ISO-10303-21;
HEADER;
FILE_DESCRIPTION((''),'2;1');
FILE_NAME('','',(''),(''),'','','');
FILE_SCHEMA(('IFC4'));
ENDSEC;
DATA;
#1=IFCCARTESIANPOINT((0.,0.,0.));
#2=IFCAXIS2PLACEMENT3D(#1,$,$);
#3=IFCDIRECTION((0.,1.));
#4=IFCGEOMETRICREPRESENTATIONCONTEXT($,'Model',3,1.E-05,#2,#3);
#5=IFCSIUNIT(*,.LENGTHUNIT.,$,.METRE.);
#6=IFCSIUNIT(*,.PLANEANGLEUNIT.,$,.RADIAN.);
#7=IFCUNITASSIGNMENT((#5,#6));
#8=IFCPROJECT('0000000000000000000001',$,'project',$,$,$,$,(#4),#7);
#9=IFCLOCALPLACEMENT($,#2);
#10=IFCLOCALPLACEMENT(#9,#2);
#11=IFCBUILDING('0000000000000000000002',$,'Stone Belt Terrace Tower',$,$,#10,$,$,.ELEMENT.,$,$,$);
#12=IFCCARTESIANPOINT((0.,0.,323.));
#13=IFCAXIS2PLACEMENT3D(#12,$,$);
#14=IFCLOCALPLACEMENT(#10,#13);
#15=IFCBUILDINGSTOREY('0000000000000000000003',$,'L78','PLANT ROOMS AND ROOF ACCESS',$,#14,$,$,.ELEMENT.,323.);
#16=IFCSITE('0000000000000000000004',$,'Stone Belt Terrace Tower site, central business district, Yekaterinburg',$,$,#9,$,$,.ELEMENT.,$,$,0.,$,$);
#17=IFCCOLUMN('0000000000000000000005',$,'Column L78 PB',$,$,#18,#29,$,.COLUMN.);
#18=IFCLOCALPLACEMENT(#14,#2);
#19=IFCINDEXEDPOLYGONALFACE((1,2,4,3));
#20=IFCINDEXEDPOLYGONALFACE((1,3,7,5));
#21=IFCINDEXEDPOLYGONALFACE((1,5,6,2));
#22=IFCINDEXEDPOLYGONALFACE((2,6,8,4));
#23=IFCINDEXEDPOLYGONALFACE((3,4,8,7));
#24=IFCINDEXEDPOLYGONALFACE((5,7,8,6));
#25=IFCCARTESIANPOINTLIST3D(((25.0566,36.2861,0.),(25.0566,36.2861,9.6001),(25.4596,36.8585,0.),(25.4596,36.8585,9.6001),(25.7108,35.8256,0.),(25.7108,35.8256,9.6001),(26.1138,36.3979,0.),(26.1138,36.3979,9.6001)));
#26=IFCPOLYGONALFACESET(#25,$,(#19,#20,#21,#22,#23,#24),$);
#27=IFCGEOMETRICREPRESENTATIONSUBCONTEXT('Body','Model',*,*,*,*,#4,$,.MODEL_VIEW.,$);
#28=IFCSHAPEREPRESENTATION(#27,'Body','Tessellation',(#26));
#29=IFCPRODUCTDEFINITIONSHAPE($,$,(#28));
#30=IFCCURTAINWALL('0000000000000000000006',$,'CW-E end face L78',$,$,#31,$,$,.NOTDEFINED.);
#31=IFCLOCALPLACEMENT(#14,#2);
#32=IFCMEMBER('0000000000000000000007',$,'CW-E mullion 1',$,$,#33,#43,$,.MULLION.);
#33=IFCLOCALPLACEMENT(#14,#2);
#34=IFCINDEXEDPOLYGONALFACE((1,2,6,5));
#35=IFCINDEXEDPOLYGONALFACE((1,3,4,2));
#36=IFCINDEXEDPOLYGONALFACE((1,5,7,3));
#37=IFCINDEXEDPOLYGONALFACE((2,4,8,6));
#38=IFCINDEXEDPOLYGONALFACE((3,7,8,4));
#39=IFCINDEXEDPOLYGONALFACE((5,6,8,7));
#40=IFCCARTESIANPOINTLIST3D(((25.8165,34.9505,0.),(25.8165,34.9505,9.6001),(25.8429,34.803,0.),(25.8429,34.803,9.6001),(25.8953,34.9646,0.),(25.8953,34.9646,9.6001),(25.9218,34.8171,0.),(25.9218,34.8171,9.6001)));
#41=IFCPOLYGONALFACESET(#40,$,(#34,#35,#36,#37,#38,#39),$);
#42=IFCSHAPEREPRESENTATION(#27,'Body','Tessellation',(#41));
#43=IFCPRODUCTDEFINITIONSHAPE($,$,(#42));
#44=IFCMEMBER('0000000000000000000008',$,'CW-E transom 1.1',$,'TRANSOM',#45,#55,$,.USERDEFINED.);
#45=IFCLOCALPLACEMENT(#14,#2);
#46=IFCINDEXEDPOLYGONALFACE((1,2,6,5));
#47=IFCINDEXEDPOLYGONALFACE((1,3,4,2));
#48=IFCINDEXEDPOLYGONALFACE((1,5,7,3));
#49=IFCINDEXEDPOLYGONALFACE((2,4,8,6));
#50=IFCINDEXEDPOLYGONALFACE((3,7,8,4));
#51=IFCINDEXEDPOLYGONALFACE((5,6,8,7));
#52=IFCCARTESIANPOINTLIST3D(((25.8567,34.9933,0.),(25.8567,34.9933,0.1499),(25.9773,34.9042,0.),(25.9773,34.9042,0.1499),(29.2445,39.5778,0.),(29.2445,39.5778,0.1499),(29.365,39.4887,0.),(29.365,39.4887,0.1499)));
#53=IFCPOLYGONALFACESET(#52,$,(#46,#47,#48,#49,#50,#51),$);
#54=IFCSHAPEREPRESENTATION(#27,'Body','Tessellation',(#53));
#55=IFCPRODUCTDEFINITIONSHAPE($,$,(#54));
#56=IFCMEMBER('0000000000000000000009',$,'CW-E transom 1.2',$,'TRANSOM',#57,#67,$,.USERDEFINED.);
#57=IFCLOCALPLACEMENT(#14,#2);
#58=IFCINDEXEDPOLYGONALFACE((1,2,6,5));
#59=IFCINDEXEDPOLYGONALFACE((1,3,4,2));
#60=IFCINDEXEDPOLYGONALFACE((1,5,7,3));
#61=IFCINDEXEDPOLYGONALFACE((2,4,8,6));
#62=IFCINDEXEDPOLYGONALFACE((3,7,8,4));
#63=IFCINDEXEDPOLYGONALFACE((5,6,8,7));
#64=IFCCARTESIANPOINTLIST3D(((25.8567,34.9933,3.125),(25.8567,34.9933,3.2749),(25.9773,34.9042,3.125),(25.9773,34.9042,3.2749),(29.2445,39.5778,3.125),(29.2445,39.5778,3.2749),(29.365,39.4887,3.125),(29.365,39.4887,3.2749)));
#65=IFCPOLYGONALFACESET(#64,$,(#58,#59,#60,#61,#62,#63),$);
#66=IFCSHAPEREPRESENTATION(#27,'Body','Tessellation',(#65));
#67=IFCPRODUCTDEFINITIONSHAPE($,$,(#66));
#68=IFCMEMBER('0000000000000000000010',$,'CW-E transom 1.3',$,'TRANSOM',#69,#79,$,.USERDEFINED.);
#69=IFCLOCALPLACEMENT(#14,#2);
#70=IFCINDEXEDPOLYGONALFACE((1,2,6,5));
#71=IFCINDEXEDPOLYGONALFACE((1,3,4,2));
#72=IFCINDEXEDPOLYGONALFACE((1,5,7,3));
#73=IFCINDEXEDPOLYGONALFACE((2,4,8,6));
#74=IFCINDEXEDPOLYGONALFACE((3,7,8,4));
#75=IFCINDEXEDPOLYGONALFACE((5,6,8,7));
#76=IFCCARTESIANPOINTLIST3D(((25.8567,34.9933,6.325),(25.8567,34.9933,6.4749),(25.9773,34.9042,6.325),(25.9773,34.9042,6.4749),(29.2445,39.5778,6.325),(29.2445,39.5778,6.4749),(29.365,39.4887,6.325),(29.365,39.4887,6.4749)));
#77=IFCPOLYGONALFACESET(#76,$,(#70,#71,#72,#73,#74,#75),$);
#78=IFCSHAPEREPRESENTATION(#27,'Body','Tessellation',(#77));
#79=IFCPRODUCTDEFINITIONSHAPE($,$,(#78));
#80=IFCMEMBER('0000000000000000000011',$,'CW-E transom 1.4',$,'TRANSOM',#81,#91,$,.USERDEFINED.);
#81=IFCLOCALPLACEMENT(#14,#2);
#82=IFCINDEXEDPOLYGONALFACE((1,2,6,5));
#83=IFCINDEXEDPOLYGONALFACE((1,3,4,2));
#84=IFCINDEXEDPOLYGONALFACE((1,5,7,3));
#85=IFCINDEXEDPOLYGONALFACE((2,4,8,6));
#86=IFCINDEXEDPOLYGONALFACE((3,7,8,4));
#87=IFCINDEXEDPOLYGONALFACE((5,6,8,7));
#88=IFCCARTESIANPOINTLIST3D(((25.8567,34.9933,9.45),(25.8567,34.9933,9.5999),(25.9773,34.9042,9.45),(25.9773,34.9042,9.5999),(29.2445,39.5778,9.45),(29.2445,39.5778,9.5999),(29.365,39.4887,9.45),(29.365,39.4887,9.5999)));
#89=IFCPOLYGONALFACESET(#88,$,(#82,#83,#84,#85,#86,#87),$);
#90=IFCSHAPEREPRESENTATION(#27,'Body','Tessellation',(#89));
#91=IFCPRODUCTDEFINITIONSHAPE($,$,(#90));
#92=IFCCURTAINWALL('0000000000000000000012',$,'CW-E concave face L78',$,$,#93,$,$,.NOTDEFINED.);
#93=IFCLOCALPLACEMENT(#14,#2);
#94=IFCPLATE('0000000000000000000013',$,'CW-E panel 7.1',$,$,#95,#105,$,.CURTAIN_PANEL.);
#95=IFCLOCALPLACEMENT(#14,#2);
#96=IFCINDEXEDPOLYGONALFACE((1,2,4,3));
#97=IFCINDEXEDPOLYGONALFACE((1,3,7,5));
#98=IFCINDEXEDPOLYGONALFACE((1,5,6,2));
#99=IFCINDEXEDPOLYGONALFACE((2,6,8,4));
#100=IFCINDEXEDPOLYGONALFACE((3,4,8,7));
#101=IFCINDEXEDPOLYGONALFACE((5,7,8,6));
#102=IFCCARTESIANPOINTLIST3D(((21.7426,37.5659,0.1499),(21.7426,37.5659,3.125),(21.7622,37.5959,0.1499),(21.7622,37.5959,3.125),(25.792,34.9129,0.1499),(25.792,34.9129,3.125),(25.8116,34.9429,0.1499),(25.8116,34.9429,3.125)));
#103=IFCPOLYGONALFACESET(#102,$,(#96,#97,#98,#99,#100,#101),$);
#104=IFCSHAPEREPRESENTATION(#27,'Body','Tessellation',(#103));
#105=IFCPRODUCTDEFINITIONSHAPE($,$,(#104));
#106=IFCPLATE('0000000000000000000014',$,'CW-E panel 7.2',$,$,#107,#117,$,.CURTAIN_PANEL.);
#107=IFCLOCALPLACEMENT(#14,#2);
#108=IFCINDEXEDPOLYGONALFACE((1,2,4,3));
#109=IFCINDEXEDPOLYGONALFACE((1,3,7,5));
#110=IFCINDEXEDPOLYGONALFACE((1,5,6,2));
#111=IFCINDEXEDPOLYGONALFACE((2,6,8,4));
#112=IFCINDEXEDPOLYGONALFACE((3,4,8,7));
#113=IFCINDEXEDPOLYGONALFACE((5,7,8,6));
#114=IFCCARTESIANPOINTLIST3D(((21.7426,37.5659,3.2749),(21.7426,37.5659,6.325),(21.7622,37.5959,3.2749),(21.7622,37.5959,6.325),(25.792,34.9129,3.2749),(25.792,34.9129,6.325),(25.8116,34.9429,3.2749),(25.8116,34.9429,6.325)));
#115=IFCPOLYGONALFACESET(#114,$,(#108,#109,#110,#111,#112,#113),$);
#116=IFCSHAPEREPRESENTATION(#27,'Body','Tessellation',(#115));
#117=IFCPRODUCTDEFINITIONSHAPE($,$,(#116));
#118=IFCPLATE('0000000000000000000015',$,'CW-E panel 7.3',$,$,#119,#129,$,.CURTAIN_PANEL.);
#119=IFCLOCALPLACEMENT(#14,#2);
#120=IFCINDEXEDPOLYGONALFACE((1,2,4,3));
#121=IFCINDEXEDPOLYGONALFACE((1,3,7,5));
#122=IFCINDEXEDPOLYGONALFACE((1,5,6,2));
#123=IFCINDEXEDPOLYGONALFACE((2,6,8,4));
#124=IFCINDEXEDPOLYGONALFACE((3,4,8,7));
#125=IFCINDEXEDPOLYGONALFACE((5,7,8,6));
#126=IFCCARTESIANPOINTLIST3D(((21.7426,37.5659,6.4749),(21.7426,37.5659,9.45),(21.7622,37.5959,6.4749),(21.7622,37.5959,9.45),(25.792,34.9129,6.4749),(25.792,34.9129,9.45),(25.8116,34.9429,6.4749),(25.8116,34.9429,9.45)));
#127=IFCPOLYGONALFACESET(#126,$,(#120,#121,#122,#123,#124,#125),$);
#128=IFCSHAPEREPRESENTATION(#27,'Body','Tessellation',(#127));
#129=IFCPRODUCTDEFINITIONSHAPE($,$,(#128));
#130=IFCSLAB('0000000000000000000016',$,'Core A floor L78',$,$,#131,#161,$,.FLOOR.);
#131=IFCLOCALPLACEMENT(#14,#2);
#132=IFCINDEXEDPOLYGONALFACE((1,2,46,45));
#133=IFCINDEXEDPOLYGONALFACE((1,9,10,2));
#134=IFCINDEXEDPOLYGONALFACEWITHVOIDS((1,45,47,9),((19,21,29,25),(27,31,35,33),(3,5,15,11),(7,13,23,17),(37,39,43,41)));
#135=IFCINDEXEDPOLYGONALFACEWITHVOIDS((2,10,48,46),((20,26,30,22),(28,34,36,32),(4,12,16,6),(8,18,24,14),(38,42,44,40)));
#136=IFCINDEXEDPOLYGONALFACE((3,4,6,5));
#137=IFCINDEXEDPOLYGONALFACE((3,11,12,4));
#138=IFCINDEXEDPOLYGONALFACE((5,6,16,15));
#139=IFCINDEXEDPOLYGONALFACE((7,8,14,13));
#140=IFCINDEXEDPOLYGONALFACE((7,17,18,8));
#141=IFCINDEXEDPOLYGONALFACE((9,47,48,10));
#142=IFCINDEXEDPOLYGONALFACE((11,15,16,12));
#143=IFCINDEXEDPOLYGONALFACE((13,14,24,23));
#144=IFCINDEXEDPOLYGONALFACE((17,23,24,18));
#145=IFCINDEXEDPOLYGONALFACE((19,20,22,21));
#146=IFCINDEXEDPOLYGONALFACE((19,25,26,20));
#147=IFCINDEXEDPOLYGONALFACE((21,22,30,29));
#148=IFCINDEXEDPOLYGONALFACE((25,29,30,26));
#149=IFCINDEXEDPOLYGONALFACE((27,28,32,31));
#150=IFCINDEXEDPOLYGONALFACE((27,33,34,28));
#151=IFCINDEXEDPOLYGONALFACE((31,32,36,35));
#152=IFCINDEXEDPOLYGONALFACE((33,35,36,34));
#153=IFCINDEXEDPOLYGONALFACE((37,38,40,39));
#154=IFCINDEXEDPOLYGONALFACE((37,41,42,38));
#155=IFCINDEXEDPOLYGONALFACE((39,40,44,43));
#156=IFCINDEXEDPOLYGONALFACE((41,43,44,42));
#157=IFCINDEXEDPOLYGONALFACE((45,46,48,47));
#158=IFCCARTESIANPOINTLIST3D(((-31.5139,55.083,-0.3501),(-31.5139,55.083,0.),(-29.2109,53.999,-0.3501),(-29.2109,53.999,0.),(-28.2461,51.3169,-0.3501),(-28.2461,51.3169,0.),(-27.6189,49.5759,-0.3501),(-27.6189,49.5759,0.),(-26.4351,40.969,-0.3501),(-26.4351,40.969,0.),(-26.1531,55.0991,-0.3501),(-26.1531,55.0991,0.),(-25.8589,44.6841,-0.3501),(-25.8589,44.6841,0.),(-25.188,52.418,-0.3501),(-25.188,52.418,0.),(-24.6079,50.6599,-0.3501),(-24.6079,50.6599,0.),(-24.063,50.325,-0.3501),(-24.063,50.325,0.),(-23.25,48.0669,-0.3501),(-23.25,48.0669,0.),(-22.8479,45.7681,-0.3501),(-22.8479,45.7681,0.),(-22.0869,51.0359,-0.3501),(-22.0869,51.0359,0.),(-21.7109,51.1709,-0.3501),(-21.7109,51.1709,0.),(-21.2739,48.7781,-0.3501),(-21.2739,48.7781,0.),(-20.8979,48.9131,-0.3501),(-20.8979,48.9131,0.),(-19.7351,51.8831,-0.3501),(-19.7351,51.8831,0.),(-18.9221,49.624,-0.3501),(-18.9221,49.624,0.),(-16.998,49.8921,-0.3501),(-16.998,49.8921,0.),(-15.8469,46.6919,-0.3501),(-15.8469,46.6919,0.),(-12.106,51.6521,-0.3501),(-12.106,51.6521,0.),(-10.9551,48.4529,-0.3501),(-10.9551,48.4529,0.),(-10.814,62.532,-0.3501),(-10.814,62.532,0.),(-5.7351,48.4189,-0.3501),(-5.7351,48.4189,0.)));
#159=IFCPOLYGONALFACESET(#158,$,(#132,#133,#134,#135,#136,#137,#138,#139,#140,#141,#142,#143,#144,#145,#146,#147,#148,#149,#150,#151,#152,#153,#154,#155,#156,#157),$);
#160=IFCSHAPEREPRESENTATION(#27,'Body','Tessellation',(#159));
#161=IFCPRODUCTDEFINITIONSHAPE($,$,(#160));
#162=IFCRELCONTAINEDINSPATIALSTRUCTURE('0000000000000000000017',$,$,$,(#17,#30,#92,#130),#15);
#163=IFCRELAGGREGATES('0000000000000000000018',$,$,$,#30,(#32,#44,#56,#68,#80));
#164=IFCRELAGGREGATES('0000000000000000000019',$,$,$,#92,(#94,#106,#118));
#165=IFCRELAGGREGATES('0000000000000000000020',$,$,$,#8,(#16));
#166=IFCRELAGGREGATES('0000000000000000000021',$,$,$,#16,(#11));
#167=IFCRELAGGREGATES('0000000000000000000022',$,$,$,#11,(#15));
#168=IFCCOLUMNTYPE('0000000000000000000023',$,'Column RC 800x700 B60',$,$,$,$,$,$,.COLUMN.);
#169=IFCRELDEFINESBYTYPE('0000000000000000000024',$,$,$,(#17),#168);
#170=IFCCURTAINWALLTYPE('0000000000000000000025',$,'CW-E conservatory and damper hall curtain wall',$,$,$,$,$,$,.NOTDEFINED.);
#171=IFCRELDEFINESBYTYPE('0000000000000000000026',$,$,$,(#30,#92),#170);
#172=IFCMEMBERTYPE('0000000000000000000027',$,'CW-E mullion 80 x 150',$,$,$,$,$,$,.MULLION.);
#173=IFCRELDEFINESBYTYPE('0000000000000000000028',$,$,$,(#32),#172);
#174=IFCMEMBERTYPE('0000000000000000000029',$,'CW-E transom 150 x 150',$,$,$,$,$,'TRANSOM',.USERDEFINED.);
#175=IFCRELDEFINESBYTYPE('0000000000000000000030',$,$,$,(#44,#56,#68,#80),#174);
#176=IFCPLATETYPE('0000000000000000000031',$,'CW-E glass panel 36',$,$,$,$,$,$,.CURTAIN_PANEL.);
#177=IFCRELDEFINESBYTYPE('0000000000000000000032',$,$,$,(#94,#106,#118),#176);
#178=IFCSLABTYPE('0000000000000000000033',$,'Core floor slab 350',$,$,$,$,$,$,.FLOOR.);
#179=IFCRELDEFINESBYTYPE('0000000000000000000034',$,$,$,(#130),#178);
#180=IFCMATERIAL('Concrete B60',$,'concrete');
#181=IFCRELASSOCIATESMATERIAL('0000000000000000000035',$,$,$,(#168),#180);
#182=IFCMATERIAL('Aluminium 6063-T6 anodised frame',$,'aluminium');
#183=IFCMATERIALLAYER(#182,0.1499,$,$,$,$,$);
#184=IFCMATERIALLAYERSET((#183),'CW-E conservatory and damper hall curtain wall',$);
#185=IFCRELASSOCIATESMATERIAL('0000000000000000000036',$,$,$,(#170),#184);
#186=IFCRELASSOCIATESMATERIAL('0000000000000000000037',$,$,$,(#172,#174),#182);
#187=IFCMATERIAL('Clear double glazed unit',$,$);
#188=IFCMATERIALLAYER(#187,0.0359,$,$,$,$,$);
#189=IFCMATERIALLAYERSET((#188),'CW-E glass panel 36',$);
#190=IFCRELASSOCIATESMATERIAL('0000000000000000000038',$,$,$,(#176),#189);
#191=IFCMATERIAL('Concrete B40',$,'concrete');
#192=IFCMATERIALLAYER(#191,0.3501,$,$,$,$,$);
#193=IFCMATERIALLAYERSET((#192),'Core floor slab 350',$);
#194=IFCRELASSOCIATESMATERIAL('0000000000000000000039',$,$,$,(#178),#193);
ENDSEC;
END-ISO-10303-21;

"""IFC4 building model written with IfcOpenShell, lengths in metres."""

from ifc_helpers import new_model, si_unit, direction, frame, origin, origin_2d, place, context, subcontext, project, spatial, polyline, rectangle, outline, extrude, material, layer, layer_set, material_profile, profile_set, type_object, element, aggregate, save


model = new_model("IFC4")

# Units and contexts
model_context = context("Model", 3, precision=1e-05, world=origin(), true_north=direction((0.0, 1.0)))
body_context = subcontext(model_context, "Body", "Model", "MODEL_VIEW")
ifc_project = project(units=[si_unit("LENGTHUNIT", "METRE"), si_unit("PLANEANGLEUNIT", "RADIAN")], contexts=[model_context])

# Site, building, storey
site_placement = place(None, origin())
site = spatial("IfcSite", under=ifc_project, at=site_placement, Name="Stone Belt Terrace Tower site, central business district, Yekaterinburg", CompositionType="ELEMENT", RefElevation=0.0)
building_placement = place(site_placement, origin())
building = spatial("IfcBuilding", under=site, at=building_placement, Name="Stone Belt Terrace Tower", CompositionType="ELEMENT")
storey_placement = place(building_placement, frame((0.0, 0.0, 323.0)))
storey = spatial("IfcBuildingStorey", under=building, at=storey_placement, Name="L78", Description="PLANT ROOMS AND ROOF ACCESS", CompositionType="ELEMENT", Elevation=323.0)

# Column
ifc_material_1 = material(Name="Concrete B60", Category="concrete")
ifc_material_profile_1 = material_profile(ifc_material_1, rectangle(XDim=0.8, YDim=0.7, at=origin_2d()), Name="RC 800x700")
ifc_profile_set_1 = profile_set([ifc_material_profile_1], Name="Concrete B60")
column_type = type_object("IfcColumnType", Name="Column RC 800x700 B60", PredefinedType="COLUMN", material=ifc_profile_set_1)
column_placement = place(storey_placement, frame((25.5852, 36.342, 0.0), z_axis=(0.0, 0.0, 1.0), x_axis=(0.817688, -0.575662, 0.0)))
element("IfcColumn", 1, at=column_placement, inside=storey, type_object=column_type, Name="Column L78 PB", PredefinedType="COLUMN", context=body_context, shape_type="SweptSolid", body=[
    extrude(rectangle(XDim=0.8, YDim=0.7, at=origin_2d()), origin(), (0.0, 0.0, 1.0), 9.6001),
])

# Curtain wall, members
ifc_material_2 = material(Name="Aluminium 6063-T6 anodised frame", Category="aluminium")
ifc_layer_1 = layer(ifc_material_2, 0.1499)
ifc_layer_set_1 = layer_set([ifc_layer_1], Name="CW-E conservatory and damper hall curtain wall")
curtain_wall_type = type_object("IfcCurtainWallType", Name="CW-E conservatory and damper hall curtain wall", PredefinedType="NOTDEFINED", material=ifc_layer_set_1)
curtain_wall_1_placement = place(storey_placement, origin())
curtain_wall_1 = element("IfcCurtainWall", 2, at=curtain_wall_1_placement, inside=storey, type_object=curtain_wall_type, Name="CW-E end face L78", PredefinedType="NOTDEFINED")
ifc_material_profile_2 = material_profile(ifc_material_2, rectangle(XDim=0.1499, YDim=0.0801, at=origin_2d()), Name="Aluminium 6063-T6 80x150")
ifc_profile_set_2 = profile_set([ifc_material_profile_2], Name="Aluminium 6063-T6 anodised frame")
member_type_1 = type_object("IfcMemberType", Name="CW-E mullion 80 x 150", PredefinedType="MULLION", material=ifc_profile_set_2)
member_1_placement = place(storey_placement, frame((25.8691, 34.8838, 0.0), z_axis=(0.0, 0.0, 1.0), x_axis=(-0.176299, 0.984337, 0.0)))
member_1 = element("IfcMember", 3, at=member_1_placement, type_object=member_type_1, Name="CW-E mullion 1", PredefinedType="MULLION", context=body_context, shape_type="SweptSolid", body=[
    extrude(rectangle(XDim=0.1499, YDim=0.0801, at=origin_2d()), origin(), (0.0, 0.0, 1.0), 9.6001),
])
ifc_material_profile_3 = material_profile(ifc_material_2, rectangle(XDim=0.1499, YDim=0.1499, at=origin_2d()), Name="Aluminium 6063-T6 150x150")
ifc_profile_set_3 = profile_set([ifc_material_profile_3], Name="Aluminium 6063-T6 anodised frame")
member_type_2 = type_object("IfcMemberType", Name="CW-E transom 150 x 150", ElementType="TRANSOM", PredefinedType="USERDEFINED", material=ifc_profile_set_3)
member_2_placement = place(storey_placement, frame((25.917, 34.9487, 0.075), z_axis=(0.594297, 0.804246, 0.0), x_axis=(-0.804246, 0.594297, 0.0)))
member_2 = element("IfcMember", 4, at=member_2_placement, type_object=member_type_2, Name="CW-E transom 1.1", ObjectType="TRANSOM", PredefinedType="USERDEFINED", context=body_context, shape_type="SweptSolid", body=[
    extrude(rectangle(XDim=0.1499, YDim=0.1499, at=origin_2d()), origin(), (0.0, 0.0, 1.0), 5.7004),
])
member_3_placement = place(storey_placement, frame((25.917, 34.9487, 3.2), z_axis=(0.594297, 0.804246, 0.0), x_axis=(-0.804246, 0.594297, 0.0)))
member_3 = element("IfcMember", 5, at=member_3_placement, type_object=member_type_2, Name="CW-E transom 1.2", ObjectType="TRANSOM", PredefinedType="USERDEFINED", context=body_context, shape_type="SweptSolid", body=[
    extrude(rectangle(XDim=0.1499, YDim=0.1499, at=origin_2d()), origin(), (0.0, 0.0, 1.0), 5.7004),
])
member_4_placement = place(storey_placement, frame((25.917, 34.9487, 6.3999), z_axis=(0.594297, 0.804246, 0.0), x_axis=(-0.804246, 0.594297, 0.0)))
member_4 = element("IfcMember", 6, at=member_4_placement, type_object=member_type_2, Name="CW-E transom 1.3", ObjectType="TRANSOM", PredefinedType="USERDEFINED", context=body_context, shape_type="SweptSolid", body=[
    extrude(rectangle(XDim=0.1499, YDim=0.1499, at=origin_2d()), origin(), (0.0, 0.0, 1.0), 5.7004),
])
member_5_placement = place(storey_placement, frame((25.917, 34.9487, 9.5249), z_axis=(0.594297, 0.804246, 0.0), x_axis=(-0.804246, 0.594297, 0.0)))
member_5 = element("IfcMember", 7, at=member_5_placement, type_object=member_type_2, Name="CW-E transom 1.4", ObjectType="TRANSOM", PredefinedType="USERDEFINED", context=body_context, shape_type="SweptSolid", body=[
    extrude(rectangle(XDim=0.1499, YDim=0.1499, at=origin_2d()), origin(), (0.0, 0.0, 1.0), 5.7004),
])
aggregate(curtain_wall_1, [member_1, member_2, member_3, member_4, member_5])

# Curtain wall, plates
curtain_wall_2_placement = place(storey_placement, origin())
curtain_wall_2 = element("IfcCurtainWall", 8, at=curtain_wall_2_placement, inside=storey, type_object=curtain_wall_type, Name="CW-E concave face L78", PredefinedType="NOTDEFINED")
ifc_material_3 = material(Name="Clear double glazed unit")
ifc_layer_2 = layer(ifc_material_3, 0.0359)
ifc_layer_set_2 = layer_set([ifc_layer_2], Name="CW-E glass panel 36")
plate_type = type_object("IfcPlateType", Name="CW-E glass panel 36", PredefinedType="CURTAIN_PANEL", material=ifc_layer_set_2)
plate_1_placement = place(storey_placement, frame((23.7771, 36.2544, 0.1499), z_axis=(0.0, 0.0, 1.0), x_axis=(0.836473, -0.548008, 0.0)))
plate_1 = element("IfcPlate", 9, at=plate_1_placement, type_object=plate_type, Name="CW-E panel 7.1", PredefinedType="CURTAIN_PANEL", context=body_context, shape_type="SweptSolid", body=[
    extrude(rectangle(XDim=4.8411, YDim=0.0359, at=origin_2d()), origin(), (0.0, 0.0, 1.0), 2.9751),
])
plate_2_placement = place(storey_placement, frame((23.7771, 36.2544, 3.2749), z_axis=(0.0, 0.0, 1.0), x_axis=(0.836473, -0.548008, 0.0)))
plate_2 = element("IfcPlate", 10, at=plate_2_placement, type_object=plate_type, Name="CW-E panel 7.2", PredefinedType="CURTAIN_PANEL", context=body_context, shape_type="SweptSolid", body=[
    extrude(rectangle(XDim=4.8411, YDim=0.0359, at=origin_2d()), origin(), (0.0, 0.0, 1.0), 3.05),
])
plate_3_placement = place(storey_placement, frame((23.7771, 36.2544, 6.4749), z_axis=(0.0, 0.0, 1.0), x_axis=(0.836473, -0.548008, 0.0)))
plate_3 = element("IfcPlate", 11, at=plate_3_placement, type_object=plate_type, Name="CW-E panel 7.3", PredefinedType="CURTAIN_PANEL", context=body_context, shape_type="SweptSolid", body=[
    extrude(rectangle(XDim=4.8411, YDim=0.0359, at=origin_2d()), origin(), (0.0, 0.0, 1.0), 2.9751),
])
aggregate(curtain_wall_2, [plate_1, plate_2, plate_3])

# Slab
ifc_material_4 = material(Name="Concrete B40", Category="concrete")
ifc_layer_3 = layer(ifc_material_4, 0.3501)
ifc_layer_set_3 = layer_set([ifc_layer_3], Name="Core floor slab 350")
slab_type_1 = type_object("IfcSlabType", Name="Core floor slab 350", PredefinedType="FLOOR", material=ifc_layer_set_3)
slab_1_placement = place(storey_placement, frame((0.0, 0.0, -0.3501)))
element("IfcSlab", 12, at=slab_1_placement, inside=storey, type_object=slab_type_1, Name="Core A floor L78", PredefinedType="FLOOR", context=body_context, shape_type="SweptSolid", body=[
    extrude(outline(polyline([(-26.4351, 40.969), (-5.7351, 48.4189), (-10.814, 62.532), (-31.5139, 55.083), (-26.4351, 40.969)]), holes=[polyline([(-27.6189, 49.5759), (-24.6079, 50.6599), (-22.8479, 45.7681), (-25.8589, 44.6841), (-27.6189, 49.5759)]), polyline([(-12.106, 51.6521), (-10.9551, 48.4529), (-15.8469, 46.6919), (-16.998, 49.8921), (-12.106, 51.6521)]), polyline([(-21.2739, 48.7781), (-23.25, 48.0669), (-24.063, 50.325), (-22.0869, 51.0359), (-21.2739, 48.7781)]), polyline([(-19.7351, 51.8831), (-18.9221, 49.624), (-20.8979, 48.9131), (-21.7109, 51.1709), (-19.7351, 51.8831)]), polyline([(-28.2461, 51.3169), (-29.2109, 53.999), (-26.1531, 55.0991), (-25.188, 52.418), (-28.2461, 51.3169)])]), origin(), (0.0, 0.0, 1.0), 0.3501),
])

save(model, "model.ifc")
